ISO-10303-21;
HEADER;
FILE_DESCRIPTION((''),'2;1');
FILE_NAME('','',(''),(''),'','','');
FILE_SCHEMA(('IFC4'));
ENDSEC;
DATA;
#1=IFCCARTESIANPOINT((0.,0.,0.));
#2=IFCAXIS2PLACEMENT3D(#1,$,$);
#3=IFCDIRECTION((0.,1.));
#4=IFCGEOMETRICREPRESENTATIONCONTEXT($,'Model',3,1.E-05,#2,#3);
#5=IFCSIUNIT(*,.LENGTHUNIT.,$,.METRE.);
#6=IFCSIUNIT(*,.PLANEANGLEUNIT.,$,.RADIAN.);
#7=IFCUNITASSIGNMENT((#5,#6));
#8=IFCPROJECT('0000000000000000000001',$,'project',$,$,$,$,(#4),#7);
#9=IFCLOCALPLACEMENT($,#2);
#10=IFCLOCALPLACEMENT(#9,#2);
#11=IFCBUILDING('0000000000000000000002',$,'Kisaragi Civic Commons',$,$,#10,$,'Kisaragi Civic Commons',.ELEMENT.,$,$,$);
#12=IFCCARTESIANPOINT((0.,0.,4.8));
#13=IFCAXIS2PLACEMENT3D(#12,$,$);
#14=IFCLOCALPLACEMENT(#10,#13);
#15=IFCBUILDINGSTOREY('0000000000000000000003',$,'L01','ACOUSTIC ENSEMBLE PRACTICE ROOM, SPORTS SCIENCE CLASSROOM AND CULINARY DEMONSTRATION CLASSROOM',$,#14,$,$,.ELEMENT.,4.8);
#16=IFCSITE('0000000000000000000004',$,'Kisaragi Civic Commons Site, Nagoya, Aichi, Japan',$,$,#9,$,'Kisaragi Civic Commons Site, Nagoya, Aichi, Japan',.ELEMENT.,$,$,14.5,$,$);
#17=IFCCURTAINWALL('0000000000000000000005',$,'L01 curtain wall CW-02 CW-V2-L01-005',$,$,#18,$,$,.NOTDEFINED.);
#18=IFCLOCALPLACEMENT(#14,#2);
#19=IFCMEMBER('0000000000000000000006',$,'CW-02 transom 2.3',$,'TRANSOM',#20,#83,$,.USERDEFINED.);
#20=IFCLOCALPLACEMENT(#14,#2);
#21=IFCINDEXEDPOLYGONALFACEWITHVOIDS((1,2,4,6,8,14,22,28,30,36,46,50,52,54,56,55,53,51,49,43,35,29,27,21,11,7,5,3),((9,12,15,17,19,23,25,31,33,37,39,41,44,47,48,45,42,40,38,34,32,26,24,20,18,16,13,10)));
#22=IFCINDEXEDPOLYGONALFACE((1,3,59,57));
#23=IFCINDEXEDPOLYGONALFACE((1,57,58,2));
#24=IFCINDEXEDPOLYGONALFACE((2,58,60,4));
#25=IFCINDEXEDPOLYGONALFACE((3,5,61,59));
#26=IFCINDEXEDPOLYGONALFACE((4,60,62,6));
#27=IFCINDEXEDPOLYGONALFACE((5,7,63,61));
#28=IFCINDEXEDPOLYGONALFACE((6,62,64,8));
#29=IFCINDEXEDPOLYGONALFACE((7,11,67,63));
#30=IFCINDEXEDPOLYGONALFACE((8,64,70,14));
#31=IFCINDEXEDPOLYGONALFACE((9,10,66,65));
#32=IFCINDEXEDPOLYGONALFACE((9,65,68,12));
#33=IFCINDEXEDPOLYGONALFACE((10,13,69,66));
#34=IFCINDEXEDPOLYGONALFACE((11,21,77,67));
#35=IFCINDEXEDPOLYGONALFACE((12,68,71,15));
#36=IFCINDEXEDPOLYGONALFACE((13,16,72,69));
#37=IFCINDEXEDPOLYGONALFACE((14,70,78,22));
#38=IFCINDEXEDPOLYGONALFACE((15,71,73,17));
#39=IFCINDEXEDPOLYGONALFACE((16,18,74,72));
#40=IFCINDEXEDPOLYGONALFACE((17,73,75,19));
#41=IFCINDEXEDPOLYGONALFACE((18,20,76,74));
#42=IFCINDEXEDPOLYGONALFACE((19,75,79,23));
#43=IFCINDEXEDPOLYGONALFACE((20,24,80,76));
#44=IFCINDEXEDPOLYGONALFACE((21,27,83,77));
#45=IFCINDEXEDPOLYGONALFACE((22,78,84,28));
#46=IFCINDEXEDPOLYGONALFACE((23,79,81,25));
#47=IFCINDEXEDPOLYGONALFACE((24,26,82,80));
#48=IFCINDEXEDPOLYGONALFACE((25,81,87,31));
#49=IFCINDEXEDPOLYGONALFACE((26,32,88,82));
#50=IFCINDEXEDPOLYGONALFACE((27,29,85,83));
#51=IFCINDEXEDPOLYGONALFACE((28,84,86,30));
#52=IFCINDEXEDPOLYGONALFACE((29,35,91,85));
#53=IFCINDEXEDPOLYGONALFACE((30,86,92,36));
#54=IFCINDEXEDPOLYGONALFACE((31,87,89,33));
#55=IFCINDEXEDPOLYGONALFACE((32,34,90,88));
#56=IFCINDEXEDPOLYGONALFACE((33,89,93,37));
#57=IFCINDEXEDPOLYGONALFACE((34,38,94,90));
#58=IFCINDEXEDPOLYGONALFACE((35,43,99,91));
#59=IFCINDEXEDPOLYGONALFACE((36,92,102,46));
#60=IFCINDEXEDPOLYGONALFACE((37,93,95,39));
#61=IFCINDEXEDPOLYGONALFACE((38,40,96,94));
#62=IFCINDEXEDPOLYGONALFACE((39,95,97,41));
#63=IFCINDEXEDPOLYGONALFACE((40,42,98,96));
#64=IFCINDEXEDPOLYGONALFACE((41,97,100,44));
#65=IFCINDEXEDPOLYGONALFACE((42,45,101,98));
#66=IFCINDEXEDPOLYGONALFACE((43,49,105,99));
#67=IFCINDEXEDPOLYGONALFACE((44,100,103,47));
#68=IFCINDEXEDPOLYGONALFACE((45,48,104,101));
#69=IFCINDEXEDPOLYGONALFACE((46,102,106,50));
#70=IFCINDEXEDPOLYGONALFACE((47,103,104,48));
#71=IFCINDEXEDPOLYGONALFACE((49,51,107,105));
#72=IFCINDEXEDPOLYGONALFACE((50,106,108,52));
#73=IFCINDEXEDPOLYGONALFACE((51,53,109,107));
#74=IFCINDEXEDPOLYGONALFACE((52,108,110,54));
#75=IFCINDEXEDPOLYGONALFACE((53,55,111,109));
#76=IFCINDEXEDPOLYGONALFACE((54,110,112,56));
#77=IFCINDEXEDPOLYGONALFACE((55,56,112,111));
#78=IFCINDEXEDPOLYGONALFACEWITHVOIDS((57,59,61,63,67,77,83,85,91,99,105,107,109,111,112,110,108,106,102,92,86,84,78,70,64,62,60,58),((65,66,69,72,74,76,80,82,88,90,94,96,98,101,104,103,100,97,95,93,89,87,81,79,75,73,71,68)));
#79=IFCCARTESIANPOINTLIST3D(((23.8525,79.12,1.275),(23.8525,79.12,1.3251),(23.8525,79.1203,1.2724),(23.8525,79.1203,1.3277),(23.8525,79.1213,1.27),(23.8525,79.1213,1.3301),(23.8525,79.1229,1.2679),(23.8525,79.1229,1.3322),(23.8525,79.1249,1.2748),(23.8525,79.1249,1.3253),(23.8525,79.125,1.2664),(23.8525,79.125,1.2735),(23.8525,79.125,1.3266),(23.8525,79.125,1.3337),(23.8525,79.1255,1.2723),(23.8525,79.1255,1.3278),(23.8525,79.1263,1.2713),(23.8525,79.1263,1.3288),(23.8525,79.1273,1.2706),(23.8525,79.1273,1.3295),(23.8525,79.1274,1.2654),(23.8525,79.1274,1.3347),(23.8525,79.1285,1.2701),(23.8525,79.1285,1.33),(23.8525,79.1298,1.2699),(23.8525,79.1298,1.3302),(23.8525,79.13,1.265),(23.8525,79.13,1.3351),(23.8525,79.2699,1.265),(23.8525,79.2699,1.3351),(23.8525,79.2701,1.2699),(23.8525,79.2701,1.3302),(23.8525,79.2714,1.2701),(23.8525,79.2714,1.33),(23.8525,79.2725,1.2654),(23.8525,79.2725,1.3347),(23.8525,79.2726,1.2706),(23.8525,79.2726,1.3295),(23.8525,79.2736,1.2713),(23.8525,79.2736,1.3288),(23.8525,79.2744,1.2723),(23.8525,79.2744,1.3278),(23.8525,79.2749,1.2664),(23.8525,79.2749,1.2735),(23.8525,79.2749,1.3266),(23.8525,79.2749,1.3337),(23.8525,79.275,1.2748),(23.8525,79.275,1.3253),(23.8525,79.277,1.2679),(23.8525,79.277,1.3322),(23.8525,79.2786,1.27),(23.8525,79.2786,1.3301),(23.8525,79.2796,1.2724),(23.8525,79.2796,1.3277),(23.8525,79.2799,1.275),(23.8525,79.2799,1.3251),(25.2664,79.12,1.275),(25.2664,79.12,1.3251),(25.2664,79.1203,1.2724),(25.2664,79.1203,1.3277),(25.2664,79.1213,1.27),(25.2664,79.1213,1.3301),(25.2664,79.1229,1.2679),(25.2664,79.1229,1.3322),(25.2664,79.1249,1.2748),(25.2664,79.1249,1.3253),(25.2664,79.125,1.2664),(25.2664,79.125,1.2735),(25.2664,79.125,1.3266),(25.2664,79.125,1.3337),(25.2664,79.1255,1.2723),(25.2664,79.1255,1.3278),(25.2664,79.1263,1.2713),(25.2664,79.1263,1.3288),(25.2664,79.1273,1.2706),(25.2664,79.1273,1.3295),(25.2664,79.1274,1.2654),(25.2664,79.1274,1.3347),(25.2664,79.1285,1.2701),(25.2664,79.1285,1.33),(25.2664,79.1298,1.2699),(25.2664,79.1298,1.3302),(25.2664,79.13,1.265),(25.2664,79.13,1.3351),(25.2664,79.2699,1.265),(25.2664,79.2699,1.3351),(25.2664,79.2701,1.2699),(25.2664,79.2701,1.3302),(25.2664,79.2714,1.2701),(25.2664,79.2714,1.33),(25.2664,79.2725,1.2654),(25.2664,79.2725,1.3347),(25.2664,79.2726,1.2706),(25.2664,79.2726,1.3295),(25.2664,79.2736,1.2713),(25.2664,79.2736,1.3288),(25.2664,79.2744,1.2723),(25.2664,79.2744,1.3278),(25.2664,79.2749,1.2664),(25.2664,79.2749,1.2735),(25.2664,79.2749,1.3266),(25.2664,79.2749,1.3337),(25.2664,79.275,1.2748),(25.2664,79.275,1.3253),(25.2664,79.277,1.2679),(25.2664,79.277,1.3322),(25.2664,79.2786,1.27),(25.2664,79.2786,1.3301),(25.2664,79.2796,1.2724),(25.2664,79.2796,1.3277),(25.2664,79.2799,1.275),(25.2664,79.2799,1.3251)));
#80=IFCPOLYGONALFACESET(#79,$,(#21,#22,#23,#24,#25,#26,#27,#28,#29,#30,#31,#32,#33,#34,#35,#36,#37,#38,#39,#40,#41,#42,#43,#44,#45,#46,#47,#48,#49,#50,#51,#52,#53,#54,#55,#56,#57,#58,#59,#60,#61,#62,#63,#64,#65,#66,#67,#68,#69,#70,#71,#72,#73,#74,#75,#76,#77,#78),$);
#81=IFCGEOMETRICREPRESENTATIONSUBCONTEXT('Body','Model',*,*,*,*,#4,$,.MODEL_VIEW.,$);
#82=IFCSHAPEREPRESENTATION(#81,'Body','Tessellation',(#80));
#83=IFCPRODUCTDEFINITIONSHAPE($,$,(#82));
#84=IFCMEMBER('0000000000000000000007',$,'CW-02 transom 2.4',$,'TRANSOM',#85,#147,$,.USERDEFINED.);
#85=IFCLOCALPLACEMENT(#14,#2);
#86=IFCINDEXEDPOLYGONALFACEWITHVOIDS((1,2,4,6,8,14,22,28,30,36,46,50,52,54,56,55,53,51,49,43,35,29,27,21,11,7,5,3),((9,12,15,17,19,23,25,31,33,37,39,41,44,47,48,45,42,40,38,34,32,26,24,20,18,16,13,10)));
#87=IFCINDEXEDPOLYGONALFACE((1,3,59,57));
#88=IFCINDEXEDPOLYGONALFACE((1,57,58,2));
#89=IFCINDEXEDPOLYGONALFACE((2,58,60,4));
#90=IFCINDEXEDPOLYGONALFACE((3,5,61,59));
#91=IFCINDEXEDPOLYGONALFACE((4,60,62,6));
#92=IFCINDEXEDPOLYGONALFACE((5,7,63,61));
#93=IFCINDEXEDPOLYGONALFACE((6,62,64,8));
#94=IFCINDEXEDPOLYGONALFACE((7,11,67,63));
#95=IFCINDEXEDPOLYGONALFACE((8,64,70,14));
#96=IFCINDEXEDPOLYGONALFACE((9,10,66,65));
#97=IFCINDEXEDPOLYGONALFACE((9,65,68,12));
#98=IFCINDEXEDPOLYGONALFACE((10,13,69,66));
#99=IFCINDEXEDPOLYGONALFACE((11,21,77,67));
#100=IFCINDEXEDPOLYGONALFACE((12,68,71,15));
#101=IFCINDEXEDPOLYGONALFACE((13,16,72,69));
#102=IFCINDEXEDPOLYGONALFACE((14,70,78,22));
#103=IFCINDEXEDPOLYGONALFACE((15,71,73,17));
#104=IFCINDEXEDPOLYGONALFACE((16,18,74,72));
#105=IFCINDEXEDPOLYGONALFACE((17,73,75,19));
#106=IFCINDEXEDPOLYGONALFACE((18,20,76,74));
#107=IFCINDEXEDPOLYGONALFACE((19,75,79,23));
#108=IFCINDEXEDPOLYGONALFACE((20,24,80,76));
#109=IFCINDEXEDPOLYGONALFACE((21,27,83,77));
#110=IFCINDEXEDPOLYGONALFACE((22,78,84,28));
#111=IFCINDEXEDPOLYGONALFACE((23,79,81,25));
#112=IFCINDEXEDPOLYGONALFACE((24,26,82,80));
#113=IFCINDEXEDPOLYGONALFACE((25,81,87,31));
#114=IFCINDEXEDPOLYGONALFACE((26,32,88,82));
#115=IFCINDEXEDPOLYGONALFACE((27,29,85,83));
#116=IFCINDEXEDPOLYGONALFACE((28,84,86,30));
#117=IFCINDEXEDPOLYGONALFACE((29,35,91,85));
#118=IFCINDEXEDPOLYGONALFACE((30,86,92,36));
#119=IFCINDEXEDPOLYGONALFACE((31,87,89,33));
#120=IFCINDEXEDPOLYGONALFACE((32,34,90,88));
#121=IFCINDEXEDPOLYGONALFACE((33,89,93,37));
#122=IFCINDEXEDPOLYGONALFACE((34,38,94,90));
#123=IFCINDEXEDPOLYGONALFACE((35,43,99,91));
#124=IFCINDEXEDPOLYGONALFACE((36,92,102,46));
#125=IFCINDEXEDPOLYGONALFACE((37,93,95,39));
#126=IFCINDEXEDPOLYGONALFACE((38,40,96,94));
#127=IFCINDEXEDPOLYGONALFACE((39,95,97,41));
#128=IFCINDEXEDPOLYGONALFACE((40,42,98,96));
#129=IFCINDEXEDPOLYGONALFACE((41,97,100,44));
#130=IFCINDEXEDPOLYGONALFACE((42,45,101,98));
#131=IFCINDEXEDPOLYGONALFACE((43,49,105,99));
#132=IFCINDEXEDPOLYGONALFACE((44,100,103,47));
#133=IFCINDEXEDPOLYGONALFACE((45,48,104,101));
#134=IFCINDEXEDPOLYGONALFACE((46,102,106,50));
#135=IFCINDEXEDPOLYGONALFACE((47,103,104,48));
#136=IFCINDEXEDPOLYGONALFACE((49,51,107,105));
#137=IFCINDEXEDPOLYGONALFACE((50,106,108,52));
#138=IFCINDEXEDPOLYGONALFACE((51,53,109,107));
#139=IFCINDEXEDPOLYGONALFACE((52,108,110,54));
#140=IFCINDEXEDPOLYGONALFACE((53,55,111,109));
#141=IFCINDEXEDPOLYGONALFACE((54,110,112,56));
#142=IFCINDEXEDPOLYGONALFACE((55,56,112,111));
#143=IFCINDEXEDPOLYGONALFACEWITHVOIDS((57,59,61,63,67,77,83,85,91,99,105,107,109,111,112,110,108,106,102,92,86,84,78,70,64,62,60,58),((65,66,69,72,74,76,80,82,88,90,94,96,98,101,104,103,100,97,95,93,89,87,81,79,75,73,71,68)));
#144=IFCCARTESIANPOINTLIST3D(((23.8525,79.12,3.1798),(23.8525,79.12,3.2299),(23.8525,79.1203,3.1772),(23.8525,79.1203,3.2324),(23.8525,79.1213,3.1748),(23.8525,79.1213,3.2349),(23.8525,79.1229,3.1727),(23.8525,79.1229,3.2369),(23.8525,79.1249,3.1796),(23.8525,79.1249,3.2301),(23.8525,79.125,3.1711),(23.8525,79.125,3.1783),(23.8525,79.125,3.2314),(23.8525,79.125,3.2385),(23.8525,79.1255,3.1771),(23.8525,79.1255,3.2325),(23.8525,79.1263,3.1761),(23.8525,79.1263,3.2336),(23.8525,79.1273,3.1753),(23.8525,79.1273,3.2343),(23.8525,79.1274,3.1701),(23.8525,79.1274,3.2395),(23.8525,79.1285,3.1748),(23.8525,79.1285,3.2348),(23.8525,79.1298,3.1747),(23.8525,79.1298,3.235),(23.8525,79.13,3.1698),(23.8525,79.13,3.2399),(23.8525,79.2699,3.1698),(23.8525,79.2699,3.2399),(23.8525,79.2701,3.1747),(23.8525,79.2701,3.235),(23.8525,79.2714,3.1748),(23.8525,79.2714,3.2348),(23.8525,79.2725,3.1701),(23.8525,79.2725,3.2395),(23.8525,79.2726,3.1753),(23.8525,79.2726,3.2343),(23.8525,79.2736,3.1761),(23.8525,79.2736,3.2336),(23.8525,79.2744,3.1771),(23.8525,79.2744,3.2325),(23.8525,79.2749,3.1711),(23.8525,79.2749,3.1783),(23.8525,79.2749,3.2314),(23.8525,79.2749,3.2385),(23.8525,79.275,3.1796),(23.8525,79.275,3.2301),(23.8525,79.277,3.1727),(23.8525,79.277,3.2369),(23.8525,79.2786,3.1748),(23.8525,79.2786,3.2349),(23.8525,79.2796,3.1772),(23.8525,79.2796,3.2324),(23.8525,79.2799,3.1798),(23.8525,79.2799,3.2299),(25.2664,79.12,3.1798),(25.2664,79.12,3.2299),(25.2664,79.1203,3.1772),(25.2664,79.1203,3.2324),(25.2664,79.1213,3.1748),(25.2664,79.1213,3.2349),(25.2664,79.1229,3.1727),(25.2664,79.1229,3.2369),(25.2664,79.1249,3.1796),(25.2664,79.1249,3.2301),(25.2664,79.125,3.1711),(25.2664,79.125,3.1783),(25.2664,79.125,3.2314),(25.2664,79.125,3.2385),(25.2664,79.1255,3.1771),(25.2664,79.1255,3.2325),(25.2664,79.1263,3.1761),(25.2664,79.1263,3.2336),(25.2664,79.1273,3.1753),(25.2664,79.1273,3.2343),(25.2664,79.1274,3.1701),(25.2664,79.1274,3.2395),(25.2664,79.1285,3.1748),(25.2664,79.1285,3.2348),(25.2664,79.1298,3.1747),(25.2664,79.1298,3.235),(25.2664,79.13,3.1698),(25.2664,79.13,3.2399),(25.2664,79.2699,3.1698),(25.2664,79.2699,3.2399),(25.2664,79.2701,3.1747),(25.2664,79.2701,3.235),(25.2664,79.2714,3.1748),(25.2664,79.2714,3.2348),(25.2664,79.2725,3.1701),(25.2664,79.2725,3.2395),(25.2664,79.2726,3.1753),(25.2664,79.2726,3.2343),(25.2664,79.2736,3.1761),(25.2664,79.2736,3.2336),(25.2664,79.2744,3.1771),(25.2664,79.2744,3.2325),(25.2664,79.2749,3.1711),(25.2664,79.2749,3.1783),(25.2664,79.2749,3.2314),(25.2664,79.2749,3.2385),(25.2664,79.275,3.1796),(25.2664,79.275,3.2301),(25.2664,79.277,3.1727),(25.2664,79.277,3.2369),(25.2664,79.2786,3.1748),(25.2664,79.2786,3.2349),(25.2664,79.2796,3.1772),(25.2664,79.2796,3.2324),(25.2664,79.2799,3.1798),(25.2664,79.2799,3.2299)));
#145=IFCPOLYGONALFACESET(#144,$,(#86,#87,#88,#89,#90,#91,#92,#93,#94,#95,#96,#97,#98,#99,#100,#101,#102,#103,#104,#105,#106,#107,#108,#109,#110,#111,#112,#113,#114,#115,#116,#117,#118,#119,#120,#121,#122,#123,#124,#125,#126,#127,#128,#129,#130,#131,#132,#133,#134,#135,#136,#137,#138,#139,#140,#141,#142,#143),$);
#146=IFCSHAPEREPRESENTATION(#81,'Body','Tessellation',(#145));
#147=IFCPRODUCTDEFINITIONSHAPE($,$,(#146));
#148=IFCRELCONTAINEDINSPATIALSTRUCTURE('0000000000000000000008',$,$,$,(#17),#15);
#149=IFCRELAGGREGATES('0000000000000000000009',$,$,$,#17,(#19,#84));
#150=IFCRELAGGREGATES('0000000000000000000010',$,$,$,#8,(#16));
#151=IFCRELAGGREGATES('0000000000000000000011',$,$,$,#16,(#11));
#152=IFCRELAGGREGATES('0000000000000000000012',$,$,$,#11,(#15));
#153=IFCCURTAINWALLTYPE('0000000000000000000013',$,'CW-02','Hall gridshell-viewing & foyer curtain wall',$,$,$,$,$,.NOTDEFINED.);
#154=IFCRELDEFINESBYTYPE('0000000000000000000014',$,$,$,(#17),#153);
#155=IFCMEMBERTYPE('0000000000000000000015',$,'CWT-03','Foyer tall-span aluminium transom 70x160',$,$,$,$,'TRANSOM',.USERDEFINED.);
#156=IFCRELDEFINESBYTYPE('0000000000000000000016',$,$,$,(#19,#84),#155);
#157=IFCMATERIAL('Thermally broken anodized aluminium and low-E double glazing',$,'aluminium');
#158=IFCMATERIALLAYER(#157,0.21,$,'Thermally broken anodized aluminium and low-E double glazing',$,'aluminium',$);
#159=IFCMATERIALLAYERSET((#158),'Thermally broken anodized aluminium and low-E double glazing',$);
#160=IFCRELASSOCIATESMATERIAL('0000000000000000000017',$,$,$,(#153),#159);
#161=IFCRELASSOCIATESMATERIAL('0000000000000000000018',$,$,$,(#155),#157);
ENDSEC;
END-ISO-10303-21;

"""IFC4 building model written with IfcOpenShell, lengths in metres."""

from ifc_helpers import new_model, si_unit, direction, frame, origin, origin_2d, place, context, subcontext, project, spatial, hollow_rectangle, extrude, material, layer, layer_set, material_profile, profile_set, type_object, element, aggregate, save


model = new_model("IFC4")

# Units and contexts
model_context = context("Model", 3, precision=1e-05, world=origin(), true_north=direction((0.0, 1.0)))
body_context = subcontext(model_context, "Body", "Model", "MODEL_VIEW")
ifc_project = project(units=[si_unit("LENGTHUNIT", "METRE"), si_unit("PLANEANGLEUNIT", "RADIAN")], contexts=[model_context])

# Site, building, storey
site_placement = place(None, origin())
site = spatial("IfcSite", under=ifc_project, at=site_placement, Name="Kisaragi Civic Commons Site, Nagoya, Aichi, Japan", LongName="Kisaragi Civic Commons Site, Nagoya, Aichi, Japan", CompositionType="ELEMENT", RefElevation=14.5)
building_placement = place(site_placement, origin())
building = spatial("IfcBuilding", under=site, at=building_placement, Name="Kisaragi Civic Commons", LongName="Kisaragi Civic Commons", CompositionType="ELEMENT")
storey_placement = place(building_placement, frame((0.0, 0.0, 4.8)))
storey = spatial("IfcBuildingStorey", under=building, at=storey_placement, Name="L01", Description="ACOUSTIC ENSEMBLE PRACTICE ROOM, SPORTS SCIENCE CLASSROOM AND CULINARY DEMONSTRATION CLASSROOM", CompositionType="ELEMENT", Elevation=4.8)

# Curtain wall
ifc_material_1 = material(Name="Thermally broken anodized aluminium and low-E double glazing", Category="aluminium")
ifc_layer_1 = layer(ifc_material_1, 0.21, Name="Thermally broken anodized aluminium and low-E double glazing", Category="aluminium")
ifc_layer_set_1 = layer_set([ifc_layer_1], Name="Thermally broken anodized aluminium and low-E double glazing")
curtain_wall_type = type_object("IfcCurtainWallType", Name="CW-02", Description="Hall gridshell-viewing & foyer curtain wall", PredefinedType="NOTDEFINED", material=ifc_layer_set_1)
curtain_wall_1_placement = place(storey_placement, origin())
curtain_wall_1 = element("IfcCurtainWall", 1, at=curtain_wall_1_placement, inside=storey, type_object=curtain_wall_type, Name="L01 curtain wall CW-02 CW-V2-L01-005", PredefinedType="NOTDEFINED")

# Members
ifc_material_profile_1 = material_profile(ifc_material_1, hollow_rectangle(XDim=0.1599, YDim=0.0701, WallThickness=0.0049, InnerFilletRadius=0.0049, OuterFilletRadius=0.01, at=origin_2d()), Name="CWT-70x160x5", Category="aluminium")
ifc_profile_set_1 = profile_set([ifc_material_profile_1], Name="Thermally broken anodized aluminium and low-E double glazing")
member_type_1 = type_object("IfcMemberType", Name="CWT-03", Description="Foyer tall-span aluminium transom 70x160", ElementType="TRANSOM", PredefinedType="USERDEFINED", material=ifc_profile_set_1)
member_1_placement = place(storey_placement, frame((25.2664, 79.2, 1.3), z_axis=(-1.0, 0.0, 0.0), x_axis=(0.0, -1.0, 0.0)))
member_1 = element("IfcMember", 2, at=member_1_placement, type_object=member_type_1, Name="CW-02 transom 2.3", ObjectType="TRANSOM", PredefinedType="USERDEFINED", context=body_context, shape_type="SweptSolid", body=[
    extrude(hollow_rectangle(XDim=0.1599, YDim=0.0701, WallThickness=0.0049, InnerFilletRadius=0.0049, OuterFilletRadius=0.01, at=origin_2d()), origin(), (0.0, 0.0, 1.0), 1.4138),
])
member_2_placement = place(storey_placement, frame((25.2664, 79.2, 3.2048), z_axis=(-1.0, 0.0, 0.0), x_axis=(0.0, -1.0, 0.0)))
member_2 = element("IfcMember", 3, at=member_2_placement, type_object=member_type_1, Name="CW-02 transom 2.4", ObjectType="TRANSOM", PredefinedType="USERDEFINED", context=body_context, shape_type="SweptSolid", body=[
    extrude(hollow_rectangle(XDim=0.1599, YDim=0.0701, WallThickness=0.0049, InnerFilletRadius=0.0049, OuterFilletRadius=0.01, at=origin_2d()), origin(), (0.0, 0.0, 1.0), 1.4138),
])

aggregate(curtain_wall_1, [member_1, member_2])

save(model, "model.ifc")
